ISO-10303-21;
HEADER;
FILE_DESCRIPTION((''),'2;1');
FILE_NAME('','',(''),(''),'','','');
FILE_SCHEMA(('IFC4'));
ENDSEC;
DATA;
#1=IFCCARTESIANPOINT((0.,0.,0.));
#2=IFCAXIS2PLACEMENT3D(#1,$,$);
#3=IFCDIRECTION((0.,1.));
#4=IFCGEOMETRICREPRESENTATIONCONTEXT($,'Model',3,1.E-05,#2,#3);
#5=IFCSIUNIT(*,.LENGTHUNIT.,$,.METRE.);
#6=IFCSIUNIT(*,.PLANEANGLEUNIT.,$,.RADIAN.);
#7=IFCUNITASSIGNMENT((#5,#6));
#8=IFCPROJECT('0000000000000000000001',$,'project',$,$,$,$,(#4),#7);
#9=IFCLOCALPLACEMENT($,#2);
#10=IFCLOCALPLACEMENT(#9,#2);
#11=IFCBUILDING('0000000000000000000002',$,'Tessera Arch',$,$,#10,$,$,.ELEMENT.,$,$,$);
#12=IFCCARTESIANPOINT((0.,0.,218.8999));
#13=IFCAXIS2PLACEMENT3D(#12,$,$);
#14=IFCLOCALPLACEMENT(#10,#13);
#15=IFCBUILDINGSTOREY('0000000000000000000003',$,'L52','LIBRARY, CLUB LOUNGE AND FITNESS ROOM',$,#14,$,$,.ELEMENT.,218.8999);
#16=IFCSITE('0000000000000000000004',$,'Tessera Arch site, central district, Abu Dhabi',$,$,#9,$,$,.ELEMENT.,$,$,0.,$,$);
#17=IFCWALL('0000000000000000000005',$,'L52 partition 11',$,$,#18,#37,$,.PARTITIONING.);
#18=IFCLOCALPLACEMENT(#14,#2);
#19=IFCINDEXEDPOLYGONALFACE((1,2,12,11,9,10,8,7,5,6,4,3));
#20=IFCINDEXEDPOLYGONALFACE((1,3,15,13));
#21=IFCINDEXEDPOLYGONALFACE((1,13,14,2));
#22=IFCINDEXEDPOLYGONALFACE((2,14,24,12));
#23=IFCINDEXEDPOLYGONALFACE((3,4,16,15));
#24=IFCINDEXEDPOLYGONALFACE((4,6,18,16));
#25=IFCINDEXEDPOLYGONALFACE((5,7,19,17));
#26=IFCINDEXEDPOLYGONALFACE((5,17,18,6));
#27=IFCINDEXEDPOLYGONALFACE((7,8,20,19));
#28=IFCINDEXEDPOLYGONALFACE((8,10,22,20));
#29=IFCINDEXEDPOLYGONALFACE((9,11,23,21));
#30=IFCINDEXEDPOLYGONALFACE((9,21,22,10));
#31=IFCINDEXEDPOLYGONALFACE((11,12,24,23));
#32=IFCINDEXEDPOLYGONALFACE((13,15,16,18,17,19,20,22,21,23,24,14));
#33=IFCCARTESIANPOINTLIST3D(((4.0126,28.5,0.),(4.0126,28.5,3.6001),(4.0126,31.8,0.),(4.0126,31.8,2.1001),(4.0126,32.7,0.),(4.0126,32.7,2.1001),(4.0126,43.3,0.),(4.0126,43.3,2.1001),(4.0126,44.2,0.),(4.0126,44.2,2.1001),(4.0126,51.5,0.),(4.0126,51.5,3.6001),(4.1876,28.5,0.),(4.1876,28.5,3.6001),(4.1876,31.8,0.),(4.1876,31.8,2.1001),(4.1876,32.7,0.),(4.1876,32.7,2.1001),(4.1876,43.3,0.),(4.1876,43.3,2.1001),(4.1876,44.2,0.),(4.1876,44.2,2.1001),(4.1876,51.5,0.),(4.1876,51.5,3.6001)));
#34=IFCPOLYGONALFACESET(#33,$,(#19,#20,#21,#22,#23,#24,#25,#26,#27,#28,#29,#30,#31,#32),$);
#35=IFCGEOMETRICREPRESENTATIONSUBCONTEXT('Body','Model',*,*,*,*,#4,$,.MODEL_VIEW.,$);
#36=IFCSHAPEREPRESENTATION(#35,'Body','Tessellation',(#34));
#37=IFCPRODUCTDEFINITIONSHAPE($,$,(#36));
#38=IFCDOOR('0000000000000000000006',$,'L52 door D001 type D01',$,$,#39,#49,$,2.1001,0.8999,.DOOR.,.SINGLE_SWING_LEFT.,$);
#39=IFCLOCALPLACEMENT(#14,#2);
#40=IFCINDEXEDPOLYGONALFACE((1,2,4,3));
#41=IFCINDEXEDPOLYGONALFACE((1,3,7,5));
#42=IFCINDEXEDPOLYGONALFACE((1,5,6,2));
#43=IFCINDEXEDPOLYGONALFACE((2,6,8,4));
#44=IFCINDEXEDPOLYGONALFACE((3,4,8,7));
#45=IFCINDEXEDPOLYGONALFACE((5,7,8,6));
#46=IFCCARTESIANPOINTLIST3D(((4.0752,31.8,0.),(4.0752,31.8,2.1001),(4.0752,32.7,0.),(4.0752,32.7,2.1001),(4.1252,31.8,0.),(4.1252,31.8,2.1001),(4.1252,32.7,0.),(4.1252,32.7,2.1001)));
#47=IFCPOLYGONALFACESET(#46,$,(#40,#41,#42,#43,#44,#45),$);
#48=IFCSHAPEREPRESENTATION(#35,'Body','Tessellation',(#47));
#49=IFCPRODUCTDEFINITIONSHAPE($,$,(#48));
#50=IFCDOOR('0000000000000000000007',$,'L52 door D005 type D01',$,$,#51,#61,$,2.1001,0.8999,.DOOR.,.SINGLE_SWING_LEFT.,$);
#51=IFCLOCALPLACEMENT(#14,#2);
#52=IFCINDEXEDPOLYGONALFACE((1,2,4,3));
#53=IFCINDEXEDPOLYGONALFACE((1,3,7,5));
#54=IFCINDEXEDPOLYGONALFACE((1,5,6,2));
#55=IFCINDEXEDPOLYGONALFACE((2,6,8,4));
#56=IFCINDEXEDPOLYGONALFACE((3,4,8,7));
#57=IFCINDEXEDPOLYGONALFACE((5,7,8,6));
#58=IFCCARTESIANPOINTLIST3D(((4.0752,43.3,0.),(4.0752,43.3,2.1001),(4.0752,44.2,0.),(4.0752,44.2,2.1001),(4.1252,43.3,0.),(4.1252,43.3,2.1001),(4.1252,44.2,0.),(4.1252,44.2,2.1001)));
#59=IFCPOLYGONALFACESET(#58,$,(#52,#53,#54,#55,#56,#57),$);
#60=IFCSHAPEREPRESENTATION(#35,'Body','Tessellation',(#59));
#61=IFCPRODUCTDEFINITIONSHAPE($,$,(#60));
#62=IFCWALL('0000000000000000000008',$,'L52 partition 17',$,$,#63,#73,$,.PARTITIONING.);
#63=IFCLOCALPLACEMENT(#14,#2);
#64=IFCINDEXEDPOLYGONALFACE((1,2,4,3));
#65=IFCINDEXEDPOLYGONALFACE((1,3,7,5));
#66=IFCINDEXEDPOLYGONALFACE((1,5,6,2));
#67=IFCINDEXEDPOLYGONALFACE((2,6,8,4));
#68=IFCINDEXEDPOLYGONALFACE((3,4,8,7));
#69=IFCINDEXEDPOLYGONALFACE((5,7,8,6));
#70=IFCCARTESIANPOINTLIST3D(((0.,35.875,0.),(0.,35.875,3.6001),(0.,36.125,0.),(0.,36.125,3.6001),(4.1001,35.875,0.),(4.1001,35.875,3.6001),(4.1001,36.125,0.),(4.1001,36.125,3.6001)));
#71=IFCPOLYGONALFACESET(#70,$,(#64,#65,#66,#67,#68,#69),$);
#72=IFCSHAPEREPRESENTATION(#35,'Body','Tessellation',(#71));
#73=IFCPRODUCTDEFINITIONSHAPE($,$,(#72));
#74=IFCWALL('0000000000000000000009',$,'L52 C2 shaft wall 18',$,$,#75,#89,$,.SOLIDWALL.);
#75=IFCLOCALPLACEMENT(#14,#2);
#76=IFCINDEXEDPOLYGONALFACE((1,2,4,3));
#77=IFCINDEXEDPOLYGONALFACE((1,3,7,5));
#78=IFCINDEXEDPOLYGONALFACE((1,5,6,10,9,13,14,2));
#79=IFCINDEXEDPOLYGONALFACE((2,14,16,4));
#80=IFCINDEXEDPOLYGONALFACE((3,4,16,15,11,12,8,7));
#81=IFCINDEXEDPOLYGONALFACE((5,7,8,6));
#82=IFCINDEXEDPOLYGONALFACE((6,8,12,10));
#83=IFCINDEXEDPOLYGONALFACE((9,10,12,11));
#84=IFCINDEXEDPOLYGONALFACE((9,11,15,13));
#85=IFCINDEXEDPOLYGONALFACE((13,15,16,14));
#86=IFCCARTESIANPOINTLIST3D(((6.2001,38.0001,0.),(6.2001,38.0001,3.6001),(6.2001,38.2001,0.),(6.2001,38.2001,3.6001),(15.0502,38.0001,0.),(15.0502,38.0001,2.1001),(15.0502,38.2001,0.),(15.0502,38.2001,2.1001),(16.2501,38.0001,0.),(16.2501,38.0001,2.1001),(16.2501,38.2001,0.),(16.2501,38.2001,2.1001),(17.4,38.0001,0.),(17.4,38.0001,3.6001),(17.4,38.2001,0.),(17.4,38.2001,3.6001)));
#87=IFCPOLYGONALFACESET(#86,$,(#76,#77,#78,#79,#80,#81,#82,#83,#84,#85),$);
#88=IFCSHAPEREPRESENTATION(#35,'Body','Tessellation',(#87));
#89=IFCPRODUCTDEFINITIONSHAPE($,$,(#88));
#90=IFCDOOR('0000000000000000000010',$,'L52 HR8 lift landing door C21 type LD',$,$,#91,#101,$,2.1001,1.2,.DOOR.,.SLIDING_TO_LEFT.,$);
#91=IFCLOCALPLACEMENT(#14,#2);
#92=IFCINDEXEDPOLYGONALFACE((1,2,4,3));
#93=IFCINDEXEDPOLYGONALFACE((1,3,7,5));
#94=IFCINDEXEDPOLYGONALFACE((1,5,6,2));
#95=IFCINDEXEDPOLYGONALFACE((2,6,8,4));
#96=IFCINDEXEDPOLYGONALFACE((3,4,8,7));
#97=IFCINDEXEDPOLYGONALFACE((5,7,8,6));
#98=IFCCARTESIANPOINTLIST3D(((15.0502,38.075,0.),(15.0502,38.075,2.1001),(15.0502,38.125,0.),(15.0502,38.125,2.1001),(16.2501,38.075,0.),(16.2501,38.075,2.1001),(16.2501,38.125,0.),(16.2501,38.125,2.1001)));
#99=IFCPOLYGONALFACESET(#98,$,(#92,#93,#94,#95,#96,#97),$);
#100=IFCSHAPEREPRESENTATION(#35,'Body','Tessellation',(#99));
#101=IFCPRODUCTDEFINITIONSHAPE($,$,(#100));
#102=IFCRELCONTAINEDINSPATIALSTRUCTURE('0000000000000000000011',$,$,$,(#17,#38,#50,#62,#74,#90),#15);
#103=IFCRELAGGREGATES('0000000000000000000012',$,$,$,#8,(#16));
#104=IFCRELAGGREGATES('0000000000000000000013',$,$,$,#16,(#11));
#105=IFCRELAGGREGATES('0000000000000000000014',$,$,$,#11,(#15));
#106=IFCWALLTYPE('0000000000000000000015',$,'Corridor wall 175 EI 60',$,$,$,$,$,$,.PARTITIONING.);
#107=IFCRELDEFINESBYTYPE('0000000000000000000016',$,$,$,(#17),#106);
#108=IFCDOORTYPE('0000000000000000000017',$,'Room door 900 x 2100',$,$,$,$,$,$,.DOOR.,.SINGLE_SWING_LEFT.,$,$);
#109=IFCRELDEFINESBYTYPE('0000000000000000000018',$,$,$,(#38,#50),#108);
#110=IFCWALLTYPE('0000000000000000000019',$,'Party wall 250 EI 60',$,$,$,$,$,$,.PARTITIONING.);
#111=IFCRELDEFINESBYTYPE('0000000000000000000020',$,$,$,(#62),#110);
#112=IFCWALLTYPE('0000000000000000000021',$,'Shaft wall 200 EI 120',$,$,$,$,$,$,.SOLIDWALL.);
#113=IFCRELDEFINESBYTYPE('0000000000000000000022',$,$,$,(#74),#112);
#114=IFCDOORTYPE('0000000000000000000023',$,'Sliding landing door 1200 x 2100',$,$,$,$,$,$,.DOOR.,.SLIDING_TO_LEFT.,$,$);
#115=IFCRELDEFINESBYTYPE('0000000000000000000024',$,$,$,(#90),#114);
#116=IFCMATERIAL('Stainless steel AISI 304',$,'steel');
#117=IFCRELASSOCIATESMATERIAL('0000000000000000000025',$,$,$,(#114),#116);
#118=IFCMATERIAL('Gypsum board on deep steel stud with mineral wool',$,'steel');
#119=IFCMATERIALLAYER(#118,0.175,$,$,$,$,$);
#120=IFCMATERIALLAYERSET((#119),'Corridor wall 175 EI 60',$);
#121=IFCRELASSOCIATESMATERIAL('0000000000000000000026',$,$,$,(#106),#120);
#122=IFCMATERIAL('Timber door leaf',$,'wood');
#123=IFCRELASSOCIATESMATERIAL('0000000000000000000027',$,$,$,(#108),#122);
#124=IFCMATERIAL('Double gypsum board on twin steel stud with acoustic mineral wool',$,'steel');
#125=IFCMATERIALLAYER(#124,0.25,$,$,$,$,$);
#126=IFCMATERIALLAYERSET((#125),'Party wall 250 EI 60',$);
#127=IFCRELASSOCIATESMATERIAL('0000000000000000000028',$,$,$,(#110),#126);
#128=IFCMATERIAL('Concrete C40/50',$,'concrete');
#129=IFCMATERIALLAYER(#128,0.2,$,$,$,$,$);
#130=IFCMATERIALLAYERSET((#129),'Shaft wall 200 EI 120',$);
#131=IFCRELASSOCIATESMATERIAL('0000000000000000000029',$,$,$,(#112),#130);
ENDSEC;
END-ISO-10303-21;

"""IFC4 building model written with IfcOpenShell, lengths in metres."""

from ifc_helpers import new_model, si_unit, direction, frame, frame_2d, origin, place, context, subcontext, project, spatial, rectangle, extrude, material, layer, layer_set, type_object, element, fill, save


model = new_model("IFC4")

# Units and contexts
model_context = context("Model", 3, precision=1e-05, world=origin(), true_north=direction((0.0, 1.0)))
body_context = subcontext(model_context, "Body", "Model", "MODEL_VIEW")
ifc_project = project(units=[si_unit("LENGTHUNIT", "METRE"), si_unit("PLANEANGLEUNIT", "RADIAN")], contexts=[model_context])

# Site, building, storey
site_placement = place(None, origin())
site = spatial("IfcSite", under=ifc_project, at=site_placement, Name="Tessera Arch site, central district, Abu Dhabi", CompositionType="ELEMENT", RefElevation=0.0)
building_placement = place(site_placement, origin())
building = spatial("IfcBuilding", under=site, at=building_placement, Name="Tessera Arch", CompositionType="ELEMENT")
storey_placement = place(building_placement, frame((0.0, 0.0, 218.8999)))
storey = spatial("IfcBuildingStorey", under=building, at=storey_placement, Name="L52", Description="LIBRARY, CLUB LOUNGE AND FITNESS ROOM", CompositionType="ELEMENT", Elevation=218.8999)

# Shared definitions
ifc_material_1 = material(Name="Stainless steel AISI 304", Category="steel")
door_type_1 = type_object("IfcDoorType", Name="Sliding landing door 1200 x 2100", OperationType="SLIDING_TO_LEFT", PredefinedType="DOOR", material=ifc_material_1)

# Shared definitions
ifc_material_2 = material(Name="Gypsum board on deep steel stud with mineral wool", Category="steel")
ifc_layer_1 = layer(ifc_material_2, 0.175)
ifc_layer_set_1 = layer_set([ifc_layer_1], Name="Corridor wall 175 EI 60")
wall_type_1 = type_object("IfcWallType", Name="Corridor wall 175 EI 60", PredefinedType="PARTITIONING", material=ifc_layer_set_1)

# Wall, openings, doors
wall_1_placement = place(storey_placement, frame((4.1001, 28.5, 0.0), z_axis=(0.0, 0.0, 1.0), x_axis=(0.0, 1.0, 0.0)))
wall_1 = element("IfcWall", 1, at=wall_1_placement, inside=storey, type_object=wall_type_1, Name="L52 partition 11", PredefinedType="PARTITIONING", context=body_context, shape_type="SweptSolid", body=[
    extrude(rectangle(XDim=23.0, YDim=0.175, at=frame_2d((11.5, 0.0))), origin(), (0.0, 0.0, 1.0), 3.6001),
])
opening_1_placement = place(wall_1_placement, frame((3.3, 0.0, 0.0)))
opening_1 = element("IfcOpeningElement", 2, at=opening_1_placement, cuts=wall_1, PredefinedType="OPENING", context=body_context, shape_type="SweptSolid", body=[
    extrude(rectangle(XDim=0.8999, YDim=2.1001, at=frame_2d((0.45, 1.05))), frame((0.0, 0.0974, 0.0), z_axis=(0.0, -1.0, 0.0), x_axis=(1.0, 0.0, 0.0)), (0.0, 0.0, 1.0), 0.1951),
])
opening_2_placement = place(wall_1_placement, frame((14.8, 0.0, 0.0)))
opening_2 = element("IfcOpeningElement", 3, at=opening_2_placement, cuts=wall_1, PredefinedType="OPENING", context=body_context, shape_type="SweptSolid", body=[
    extrude(rectangle(XDim=0.8999, YDim=2.1001, at=frame_2d((0.45, 1.05))), frame((0.0, 0.0974, 0.0), z_axis=(0.0, -1.0, 0.0), x_axis=(1.0, 0.0, 0.0)), (0.0, 0.0, 1.0), 0.1951),
])
ifc_material_3 = material(Name="Timber door leaf", Category="wood")
door_type_2 = type_object("IfcDoorType", Name="Room door 900 x 2100", OperationType="SINGLE_SWING_LEFT", PredefinedType="DOOR", material=ifc_material_3)
door_1_placement = place(opening_1_placement, origin())
door_1 = element("IfcDoor", 4, at=door_1_placement, inside=storey, type_object=door_type_2, Name="L52 door D001 type D01", OperationType="SINGLE_SWING_LEFT", OverallHeight=2.1001, OverallWidth=0.8999, PredefinedType="DOOR", context=body_context, shape_type="SweptSolid", body=[
    extrude(rectangle(XDim=0.8999, YDim=2.1001, at=frame_2d((0.45, 1.05))), frame((0.0, 0.0249, 0.0), z_axis=(0.0, -1.0, 0.0), x_axis=(1.0, 0.0, 0.0)), (0.0, 0.0, 1.0), 0.05),
])
fill(opening_1, door_1)
door_2_placement = place(opening_2_placement, origin())
door_2 = element("IfcDoor", 5, at=door_2_placement, inside=storey, type_object=door_type_2, Name="L52 door D005 type D01", OperationType="SINGLE_SWING_LEFT", OverallHeight=2.1001, OverallWidth=0.8999, PredefinedType="DOOR", context=body_context, shape_type="SweptSolid", body=[
    extrude(rectangle(XDim=0.8999, YDim=2.1001, at=frame_2d((0.45, 1.05))), frame((0.0, 0.0249, 0.0), z_axis=(0.0, -1.0, 0.0), x_axis=(1.0, 0.0, 0.0)), (0.0, 0.0, 1.0), 0.05),
])
fill(opening_2, door_2)

# Wall
ifc_material_4 = material(Name="Double gypsum board on twin steel stud with acoustic mineral wool", Category="steel")
ifc_layer_2 = layer(ifc_material_4, 0.25)
ifc_layer_set_2 = layer_set([ifc_layer_2], Name="Party wall 250 EI 60")
wall_type_2 = type_object("IfcWallType", Name="Party wall 250 EI 60", PredefinedType="PARTITIONING", material=ifc_layer_set_2)
wall_2_placement = place(storey_placement, frame((0.0, 36.0, 0.0), z_axis=(0.0, 0.0, 1.0), x_axis=(1.0, 0.0, 0.0)))
element("IfcWall", 6, at=wall_2_placement, inside=storey, type_object=wall_type_2, Name="L52 partition 17", PredefinedType="PARTITIONING", context=body_context, shape_type="SweptSolid", body=[
    extrude(rectangle(XDim=4.1001, YDim=0.25, at=frame_2d((2.05, 0.0))), origin(), (0.0, 0.0, 1.0), 3.6001),
])

# Wall, opening, door
ifc_material_5 = material(Name="Concrete C40/50", Category="concrete")
ifc_layer_3 = layer(ifc_material_5, 0.2)
ifc_layer_set_3 = layer_set([ifc_layer_3], Name="Shaft wall 200 EI 120")
wall_type_3 = type_object("IfcWallType", Name="Shaft wall 200 EI 120", PredefinedType="SOLIDWALL", material=ifc_layer_set_3)
wall_3_placement = place(storey_placement, frame((6.2, 38.1001, 0.0), z_axis=(0.0, 0.0, 1.0), x_axis=(1.0, 0.0, 0.0)))
wall_3 = element("IfcWall", 7, at=wall_3_placement, inside=storey, type_object=wall_type_3, Name="L52 C2 shaft wall 18", PredefinedType="SOLIDWALL", context=body_context, shape_type="SweptSolid", body=[
    extrude(rectangle(XDim=11.2, YDim=0.2, at=frame_2d((5.6001, 0.0))), origin(), (0.0, 0.0, 1.0), 3.6001),
])
opening_3_placement = place(wall_3_placement, frame((8.8501, 0.0, 0.0)))
opening_3 = element("IfcOpeningElement", 8, at=opening_3_placement, cuts=wall_3, PredefinedType="OPENING", context=body_context, shape_type="SweptSolid", body=[
    extrude(rectangle(XDim=1.2, YDim=2.1001, at=frame_2d((0.6001, 1.05))), frame((0.0, 0.1099, 0.0), z_axis=(0.0, -1.0, 0.0), x_axis=(1.0, 0.0, 0.0)), (0.0, 0.0, 1.0), 0.22),
])
door_3_placement = place(opening_3_placement, origin())
door_3 = element("IfcDoor", 9, at=door_3_placement, inside=storey, type_object=door_type_1, Name="L52 HR8 lift landing door C21 type LD", OperationType="SLIDING_TO_LEFT", OverallHeight=2.1001, OverallWidth=1.2, PredefinedType="DOOR", context=body_context, shape_type="SweptSolid", body=[
    extrude(rectangle(XDim=1.2, YDim=2.1001, at=frame_2d((0.6001, 1.05))), frame((0.0, 0.0249, 0.0), z_axis=(0.0, -1.0, 0.0), x_axis=(1.0, 0.0, 0.0)), (0.0, 0.0, 1.0), 0.05),
])
fill(opening_3, door_3)

save(model, "model.ifc")
